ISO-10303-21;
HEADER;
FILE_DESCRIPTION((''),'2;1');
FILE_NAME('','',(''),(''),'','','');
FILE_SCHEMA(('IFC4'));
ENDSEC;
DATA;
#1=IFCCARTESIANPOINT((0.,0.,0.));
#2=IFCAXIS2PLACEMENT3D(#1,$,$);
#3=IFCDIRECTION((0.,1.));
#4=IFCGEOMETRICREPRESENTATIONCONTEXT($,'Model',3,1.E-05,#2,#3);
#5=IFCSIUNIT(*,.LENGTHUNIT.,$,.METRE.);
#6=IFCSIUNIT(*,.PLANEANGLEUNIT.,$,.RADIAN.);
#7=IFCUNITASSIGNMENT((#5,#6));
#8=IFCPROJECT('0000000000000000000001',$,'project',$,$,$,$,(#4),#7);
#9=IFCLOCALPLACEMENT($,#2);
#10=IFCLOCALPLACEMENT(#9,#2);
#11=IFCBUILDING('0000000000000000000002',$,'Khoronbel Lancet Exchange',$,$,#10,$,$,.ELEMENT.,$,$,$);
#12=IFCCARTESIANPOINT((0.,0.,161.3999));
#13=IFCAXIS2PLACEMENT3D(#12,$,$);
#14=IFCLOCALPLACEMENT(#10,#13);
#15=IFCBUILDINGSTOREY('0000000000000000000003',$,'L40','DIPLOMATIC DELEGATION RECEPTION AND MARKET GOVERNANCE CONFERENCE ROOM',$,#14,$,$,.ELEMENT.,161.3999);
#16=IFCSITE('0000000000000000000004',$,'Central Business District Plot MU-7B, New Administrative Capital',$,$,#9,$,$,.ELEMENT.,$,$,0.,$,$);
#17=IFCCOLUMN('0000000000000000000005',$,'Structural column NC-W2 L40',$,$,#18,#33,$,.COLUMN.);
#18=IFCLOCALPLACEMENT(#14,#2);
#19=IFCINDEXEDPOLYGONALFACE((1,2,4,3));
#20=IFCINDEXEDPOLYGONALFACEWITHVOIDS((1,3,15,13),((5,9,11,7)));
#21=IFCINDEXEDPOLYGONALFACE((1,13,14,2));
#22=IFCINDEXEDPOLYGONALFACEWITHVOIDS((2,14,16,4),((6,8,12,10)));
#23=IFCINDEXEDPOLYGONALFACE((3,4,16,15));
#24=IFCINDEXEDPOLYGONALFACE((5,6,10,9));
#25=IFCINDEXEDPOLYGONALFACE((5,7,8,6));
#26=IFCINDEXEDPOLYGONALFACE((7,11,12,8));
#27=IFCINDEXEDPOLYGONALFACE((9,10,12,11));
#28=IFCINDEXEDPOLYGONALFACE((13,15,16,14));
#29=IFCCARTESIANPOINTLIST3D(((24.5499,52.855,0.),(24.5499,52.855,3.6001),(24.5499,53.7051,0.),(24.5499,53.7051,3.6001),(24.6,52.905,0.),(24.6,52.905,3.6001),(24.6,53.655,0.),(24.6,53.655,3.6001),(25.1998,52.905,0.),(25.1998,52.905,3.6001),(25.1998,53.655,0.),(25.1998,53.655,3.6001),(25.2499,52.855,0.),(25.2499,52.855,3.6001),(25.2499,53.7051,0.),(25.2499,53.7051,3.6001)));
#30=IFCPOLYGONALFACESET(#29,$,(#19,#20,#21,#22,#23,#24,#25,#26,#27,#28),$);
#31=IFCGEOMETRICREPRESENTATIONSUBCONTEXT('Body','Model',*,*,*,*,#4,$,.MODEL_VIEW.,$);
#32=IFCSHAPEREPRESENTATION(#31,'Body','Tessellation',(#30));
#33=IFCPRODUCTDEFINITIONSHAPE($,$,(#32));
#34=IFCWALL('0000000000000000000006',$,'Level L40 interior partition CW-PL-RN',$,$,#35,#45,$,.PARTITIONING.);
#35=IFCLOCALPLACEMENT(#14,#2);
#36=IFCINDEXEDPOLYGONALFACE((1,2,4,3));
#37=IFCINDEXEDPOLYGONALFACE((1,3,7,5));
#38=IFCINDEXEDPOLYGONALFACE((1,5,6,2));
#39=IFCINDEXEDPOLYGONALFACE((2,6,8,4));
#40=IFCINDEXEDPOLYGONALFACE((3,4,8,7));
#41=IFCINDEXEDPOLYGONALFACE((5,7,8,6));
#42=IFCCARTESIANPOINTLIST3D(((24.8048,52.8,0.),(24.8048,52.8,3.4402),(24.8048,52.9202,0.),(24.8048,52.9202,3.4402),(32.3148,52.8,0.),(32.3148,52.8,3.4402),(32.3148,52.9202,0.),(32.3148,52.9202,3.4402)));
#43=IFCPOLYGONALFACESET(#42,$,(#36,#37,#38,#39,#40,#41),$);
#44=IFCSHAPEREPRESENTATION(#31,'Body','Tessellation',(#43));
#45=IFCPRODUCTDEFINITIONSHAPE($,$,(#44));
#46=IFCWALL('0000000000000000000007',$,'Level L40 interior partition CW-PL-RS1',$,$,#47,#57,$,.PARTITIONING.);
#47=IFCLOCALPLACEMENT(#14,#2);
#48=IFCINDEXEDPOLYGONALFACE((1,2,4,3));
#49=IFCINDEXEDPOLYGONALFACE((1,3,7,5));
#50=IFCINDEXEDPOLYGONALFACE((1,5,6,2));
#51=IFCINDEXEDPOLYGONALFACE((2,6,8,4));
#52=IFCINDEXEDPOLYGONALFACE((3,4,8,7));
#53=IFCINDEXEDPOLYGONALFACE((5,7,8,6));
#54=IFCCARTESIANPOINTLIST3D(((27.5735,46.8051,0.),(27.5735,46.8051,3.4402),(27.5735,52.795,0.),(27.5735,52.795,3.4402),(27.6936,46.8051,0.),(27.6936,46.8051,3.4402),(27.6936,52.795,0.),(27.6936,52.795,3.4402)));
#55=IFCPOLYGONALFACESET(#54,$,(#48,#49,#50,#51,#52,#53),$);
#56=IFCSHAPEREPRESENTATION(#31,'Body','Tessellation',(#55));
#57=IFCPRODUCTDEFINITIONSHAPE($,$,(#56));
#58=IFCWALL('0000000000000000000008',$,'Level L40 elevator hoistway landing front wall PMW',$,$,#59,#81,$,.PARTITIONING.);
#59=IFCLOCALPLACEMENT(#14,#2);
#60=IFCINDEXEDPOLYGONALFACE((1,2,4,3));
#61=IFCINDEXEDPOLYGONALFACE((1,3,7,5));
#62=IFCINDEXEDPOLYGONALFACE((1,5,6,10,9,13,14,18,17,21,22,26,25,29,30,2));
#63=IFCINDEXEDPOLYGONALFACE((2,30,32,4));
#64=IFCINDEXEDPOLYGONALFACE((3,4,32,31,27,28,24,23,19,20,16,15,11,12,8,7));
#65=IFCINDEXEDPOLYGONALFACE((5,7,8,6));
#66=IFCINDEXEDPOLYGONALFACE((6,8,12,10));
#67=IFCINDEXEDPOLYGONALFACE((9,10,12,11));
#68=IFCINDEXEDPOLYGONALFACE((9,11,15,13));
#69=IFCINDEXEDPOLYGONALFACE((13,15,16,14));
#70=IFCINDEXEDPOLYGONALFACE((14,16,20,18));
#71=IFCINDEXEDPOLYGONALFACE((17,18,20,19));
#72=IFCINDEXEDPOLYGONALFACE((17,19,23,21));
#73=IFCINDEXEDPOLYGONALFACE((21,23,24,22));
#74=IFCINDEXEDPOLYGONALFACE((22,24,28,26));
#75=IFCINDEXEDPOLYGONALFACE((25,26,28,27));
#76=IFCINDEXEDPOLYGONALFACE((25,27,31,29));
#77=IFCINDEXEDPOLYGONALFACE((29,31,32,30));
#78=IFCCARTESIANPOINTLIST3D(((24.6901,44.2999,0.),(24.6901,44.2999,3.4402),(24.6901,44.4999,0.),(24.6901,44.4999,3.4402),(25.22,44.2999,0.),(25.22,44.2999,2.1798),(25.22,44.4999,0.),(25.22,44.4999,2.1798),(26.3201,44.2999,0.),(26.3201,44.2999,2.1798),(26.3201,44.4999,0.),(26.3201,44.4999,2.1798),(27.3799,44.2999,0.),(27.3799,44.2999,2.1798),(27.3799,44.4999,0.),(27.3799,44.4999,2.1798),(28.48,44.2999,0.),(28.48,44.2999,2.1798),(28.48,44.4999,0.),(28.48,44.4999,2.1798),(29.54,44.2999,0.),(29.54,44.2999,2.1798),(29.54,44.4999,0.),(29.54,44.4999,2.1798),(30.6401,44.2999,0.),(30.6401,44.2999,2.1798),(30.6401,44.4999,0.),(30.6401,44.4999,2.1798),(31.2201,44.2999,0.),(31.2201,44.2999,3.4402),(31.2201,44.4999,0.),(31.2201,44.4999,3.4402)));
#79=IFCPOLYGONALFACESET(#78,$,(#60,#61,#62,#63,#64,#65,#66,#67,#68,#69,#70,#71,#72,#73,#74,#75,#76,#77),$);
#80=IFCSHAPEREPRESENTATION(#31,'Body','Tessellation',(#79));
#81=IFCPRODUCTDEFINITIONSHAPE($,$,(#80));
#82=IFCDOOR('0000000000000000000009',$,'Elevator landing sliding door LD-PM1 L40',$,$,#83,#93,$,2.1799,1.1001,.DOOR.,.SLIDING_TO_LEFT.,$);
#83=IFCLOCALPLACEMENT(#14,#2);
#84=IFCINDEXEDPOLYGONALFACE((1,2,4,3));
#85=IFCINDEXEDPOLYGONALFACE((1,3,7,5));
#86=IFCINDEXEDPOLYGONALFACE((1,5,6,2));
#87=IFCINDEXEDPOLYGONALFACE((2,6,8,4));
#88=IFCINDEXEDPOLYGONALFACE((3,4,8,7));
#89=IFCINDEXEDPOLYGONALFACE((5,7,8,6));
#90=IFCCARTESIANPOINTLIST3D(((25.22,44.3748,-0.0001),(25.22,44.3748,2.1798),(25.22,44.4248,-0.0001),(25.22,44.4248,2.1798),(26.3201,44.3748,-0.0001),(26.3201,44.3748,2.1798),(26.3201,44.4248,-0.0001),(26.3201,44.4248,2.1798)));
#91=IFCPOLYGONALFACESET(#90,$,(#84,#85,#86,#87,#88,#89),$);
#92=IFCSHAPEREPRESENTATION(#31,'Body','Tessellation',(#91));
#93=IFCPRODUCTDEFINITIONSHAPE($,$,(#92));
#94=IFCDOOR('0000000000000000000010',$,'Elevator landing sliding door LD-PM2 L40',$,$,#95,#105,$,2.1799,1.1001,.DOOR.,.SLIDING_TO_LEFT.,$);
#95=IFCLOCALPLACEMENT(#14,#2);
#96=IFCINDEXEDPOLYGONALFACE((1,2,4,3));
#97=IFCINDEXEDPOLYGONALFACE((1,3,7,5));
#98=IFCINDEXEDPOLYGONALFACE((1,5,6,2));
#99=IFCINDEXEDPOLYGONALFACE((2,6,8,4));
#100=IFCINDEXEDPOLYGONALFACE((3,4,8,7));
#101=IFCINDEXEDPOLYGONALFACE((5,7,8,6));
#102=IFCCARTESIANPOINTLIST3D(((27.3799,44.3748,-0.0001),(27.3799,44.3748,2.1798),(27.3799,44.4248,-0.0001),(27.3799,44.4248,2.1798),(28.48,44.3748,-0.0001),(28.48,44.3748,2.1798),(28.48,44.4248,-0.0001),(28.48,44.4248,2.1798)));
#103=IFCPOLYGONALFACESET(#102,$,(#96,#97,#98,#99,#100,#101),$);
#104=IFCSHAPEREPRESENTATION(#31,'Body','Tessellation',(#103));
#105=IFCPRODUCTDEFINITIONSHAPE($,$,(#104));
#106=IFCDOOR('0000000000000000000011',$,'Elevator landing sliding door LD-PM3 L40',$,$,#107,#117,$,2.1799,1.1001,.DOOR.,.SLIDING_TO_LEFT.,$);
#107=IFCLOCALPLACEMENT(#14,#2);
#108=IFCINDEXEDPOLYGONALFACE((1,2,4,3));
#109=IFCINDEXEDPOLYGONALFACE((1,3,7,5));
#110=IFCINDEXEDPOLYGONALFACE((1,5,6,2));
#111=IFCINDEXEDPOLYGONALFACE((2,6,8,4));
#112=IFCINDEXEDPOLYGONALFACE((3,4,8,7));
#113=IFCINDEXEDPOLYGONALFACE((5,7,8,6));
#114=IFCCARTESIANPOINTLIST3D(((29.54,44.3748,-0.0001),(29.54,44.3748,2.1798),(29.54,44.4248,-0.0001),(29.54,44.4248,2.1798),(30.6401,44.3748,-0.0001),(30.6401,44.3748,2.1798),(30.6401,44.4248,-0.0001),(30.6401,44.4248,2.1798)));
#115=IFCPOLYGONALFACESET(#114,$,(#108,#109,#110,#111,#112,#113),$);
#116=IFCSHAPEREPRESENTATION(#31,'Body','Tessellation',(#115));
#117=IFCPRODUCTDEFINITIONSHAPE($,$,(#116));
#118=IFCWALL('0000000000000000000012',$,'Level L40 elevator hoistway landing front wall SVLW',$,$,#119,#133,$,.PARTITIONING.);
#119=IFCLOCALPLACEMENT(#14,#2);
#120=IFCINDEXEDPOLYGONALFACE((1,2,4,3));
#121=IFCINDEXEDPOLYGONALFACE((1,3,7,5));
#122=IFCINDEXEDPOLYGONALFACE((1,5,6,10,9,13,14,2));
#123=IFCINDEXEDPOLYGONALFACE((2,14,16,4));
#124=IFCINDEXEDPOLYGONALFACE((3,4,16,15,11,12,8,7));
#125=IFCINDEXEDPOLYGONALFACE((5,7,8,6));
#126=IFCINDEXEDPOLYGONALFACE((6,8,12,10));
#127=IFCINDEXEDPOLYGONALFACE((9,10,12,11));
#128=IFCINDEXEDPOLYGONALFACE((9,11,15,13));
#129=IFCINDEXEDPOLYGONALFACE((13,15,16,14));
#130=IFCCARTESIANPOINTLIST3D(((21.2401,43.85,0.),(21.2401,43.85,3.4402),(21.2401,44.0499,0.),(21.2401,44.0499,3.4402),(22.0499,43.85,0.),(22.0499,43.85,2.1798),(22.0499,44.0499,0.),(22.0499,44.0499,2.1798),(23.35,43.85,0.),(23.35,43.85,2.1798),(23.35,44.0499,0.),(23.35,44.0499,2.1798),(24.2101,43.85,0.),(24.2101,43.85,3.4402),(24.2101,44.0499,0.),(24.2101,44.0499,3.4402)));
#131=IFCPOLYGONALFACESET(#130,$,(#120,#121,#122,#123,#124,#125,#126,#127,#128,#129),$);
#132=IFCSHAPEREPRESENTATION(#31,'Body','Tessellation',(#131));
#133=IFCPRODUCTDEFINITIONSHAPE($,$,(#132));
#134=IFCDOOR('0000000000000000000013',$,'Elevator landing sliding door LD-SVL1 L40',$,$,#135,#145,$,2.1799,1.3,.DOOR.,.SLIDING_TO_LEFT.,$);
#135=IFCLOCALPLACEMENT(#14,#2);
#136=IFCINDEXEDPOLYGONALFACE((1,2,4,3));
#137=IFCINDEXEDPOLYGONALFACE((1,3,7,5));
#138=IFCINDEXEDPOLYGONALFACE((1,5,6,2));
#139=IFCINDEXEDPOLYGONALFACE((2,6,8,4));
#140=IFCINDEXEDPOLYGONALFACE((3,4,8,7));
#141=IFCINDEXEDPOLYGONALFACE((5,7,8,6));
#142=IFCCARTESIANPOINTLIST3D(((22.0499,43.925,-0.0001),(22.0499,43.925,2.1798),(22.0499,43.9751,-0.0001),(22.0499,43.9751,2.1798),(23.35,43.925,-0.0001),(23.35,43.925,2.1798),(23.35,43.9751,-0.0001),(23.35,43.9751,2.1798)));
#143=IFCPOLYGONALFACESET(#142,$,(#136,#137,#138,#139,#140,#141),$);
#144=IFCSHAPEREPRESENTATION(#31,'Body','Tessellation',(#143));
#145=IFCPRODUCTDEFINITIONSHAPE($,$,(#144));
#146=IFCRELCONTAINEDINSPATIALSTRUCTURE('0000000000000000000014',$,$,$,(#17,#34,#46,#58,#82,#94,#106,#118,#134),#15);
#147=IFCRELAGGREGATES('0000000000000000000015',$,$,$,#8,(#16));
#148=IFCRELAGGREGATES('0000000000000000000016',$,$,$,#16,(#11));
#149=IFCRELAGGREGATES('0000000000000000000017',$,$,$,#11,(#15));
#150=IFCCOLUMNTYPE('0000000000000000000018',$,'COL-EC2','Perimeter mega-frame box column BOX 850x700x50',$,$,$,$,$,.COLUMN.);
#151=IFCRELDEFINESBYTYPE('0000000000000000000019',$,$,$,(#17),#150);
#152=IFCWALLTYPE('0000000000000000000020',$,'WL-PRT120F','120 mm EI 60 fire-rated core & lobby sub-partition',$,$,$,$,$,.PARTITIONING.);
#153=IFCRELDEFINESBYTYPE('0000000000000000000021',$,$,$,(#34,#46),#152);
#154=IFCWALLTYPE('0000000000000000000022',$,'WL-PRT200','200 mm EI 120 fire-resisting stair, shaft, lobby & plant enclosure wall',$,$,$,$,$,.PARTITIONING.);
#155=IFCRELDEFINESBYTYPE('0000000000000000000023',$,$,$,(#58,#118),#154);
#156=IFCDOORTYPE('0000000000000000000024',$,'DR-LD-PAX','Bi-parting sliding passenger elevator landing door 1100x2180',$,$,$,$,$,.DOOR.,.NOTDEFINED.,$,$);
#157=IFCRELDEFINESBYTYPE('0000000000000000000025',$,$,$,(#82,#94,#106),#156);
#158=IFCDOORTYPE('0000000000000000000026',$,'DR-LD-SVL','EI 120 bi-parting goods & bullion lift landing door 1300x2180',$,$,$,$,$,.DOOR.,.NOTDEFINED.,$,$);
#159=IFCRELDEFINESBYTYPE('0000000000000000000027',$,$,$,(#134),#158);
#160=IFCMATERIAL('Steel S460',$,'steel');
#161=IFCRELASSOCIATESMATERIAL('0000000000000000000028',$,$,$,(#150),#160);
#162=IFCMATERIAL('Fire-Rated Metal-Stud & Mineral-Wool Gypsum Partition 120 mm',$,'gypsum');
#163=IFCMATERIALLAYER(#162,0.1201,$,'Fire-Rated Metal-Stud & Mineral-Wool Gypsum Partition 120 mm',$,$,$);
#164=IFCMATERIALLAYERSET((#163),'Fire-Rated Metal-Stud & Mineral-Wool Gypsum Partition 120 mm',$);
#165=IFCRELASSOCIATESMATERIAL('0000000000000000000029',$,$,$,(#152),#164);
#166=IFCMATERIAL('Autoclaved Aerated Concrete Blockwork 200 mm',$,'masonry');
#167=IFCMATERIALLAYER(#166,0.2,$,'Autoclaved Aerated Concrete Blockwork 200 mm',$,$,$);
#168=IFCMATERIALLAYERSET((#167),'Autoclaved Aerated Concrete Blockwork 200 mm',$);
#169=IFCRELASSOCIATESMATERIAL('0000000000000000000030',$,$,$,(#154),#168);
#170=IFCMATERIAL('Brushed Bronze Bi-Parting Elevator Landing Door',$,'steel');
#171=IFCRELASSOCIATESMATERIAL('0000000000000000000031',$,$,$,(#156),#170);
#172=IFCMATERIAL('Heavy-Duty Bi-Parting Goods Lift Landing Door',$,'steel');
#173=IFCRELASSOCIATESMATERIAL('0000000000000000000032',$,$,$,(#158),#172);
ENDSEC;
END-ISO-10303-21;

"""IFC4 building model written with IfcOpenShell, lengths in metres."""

from ifc_helpers import new_model, si_unit, direction, frame, frame_2d, origin, origin_2d, place, context, subcontext, project, spatial, rectangle, hollow_rectangle, extrude, material, layer, layer_set, material_profile, profile_set, type_object, element, fill, save


model = new_model("IFC4")

# Units and contexts
model_context = context("Model", 3, precision=1e-05, world=origin(), true_north=direction((0.0, 1.0)))
body_context = subcontext(model_context, "Body", "Model", "MODEL_VIEW")
ifc_project = project(units=[si_unit("LENGTHUNIT", "METRE"), si_unit("PLANEANGLEUNIT", "RADIAN")], contexts=[model_context])

# Site, building, storey
site_placement = place(None, origin())
site = spatial("IfcSite", under=ifc_project, at=site_placement, Name="Central Business District Plot MU-7B, New Administrative Capital", CompositionType="ELEMENT", RefElevation=0.0)
building_placement = place(site_placement, origin())
building = spatial("IfcBuilding", under=site, at=building_placement, Name="Khoronbel Lancet Exchange", CompositionType="ELEMENT")
storey_placement = place(building_placement, frame((0.0, 0.0, 161.3999)))
storey = spatial("IfcBuildingStorey", under=building, at=storey_placement, Name="L40", Description="DIPLOMATIC DELEGATION RECEPTION AND MARKET GOVERNANCE CONFERENCE ROOM", CompositionType="ELEMENT", Elevation=161.3999)

# Column
ifc_material_1 = material(Name="Steel S460", Category="steel")
ifc_material_profile = material_profile(ifc_material_1, hollow_rectangle(XDim=0.7, YDim=0.8501, WallThickness=0.05, at=origin_2d()), Name="BOX 850x700x50")
ifc_profile_set = profile_set([ifc_material_profile], Name="Steel S460")
column_type = type_object("IfcColumnType", Name="COL-EC2", Description="Perimeter mega-frame box column BOX 850x700x50", PredefinedType="COLUMN", material=ifc_profile_set)
column_placement = place(storey_placement, frame((24.8999, 53.28, 0.0), z_axis=(0.0, 0.0, 1.0), x_axis=(1.0, 0.0, 0.0)))
element("IfcColumn", 1, at=column_placement, inside=storey, type_object=column_type, Name="Structural column NC-W2 L40", PredefinedType="COLUMN", context=body_context, shape_type="SweptSolid", body=[
    extrude(hollow_rectangle(XDim=0.7, YDim=0.8501, WallThickness=0.05, at=origin_2d()), origin(), (0.0, 0.0, 1.0), 3.6001),
])

# Walls
ifc_material_2 = material(Name="Fire-Rated Metal-Stud & Mineral-Wool Gypsum Partition 120 mm", Category="gypsum")
ifc_layer_1 = layer(ifc_material_2, 0.1201, Name="Fire-Rated Metal-Stud & Mineral-Wool Gypsum Partition 120 mm")
ifc_layer_set_1 = layer_set([ifc_layer_1], Name="Fire-Rated Metal-Stud & Mineral-Wool Gypsum Partition 120 mm")
wall_type_1 = type_object("IfcWallType", Name="WL-PRT120F", Description="120 mm EI 60 fire-rated core & lobby sub-partition", PredefinedType="PARTITIONING", material=ifc_layer_set_1)
wall_1_placement = place(storey_placement, frame((24.8049, 52.8601, 0.0), z_axis=(0.0, 0.0, 1.0), x_axis=(1.0, 0.0, 0.0)))
element("IfcWall", 2, at=wall_1_placement, inside=storey, type_object=wall_type_1, Name="Level L40 interior partition CW-PL-RN", PredefinedType="PARTITIONING", context=body_context, shape_type="SweptSolid", body=[
    extrude(rectangle(XDim=7.51, YDim=0.1201, at=frame_2d((3.7549, 0.0))), origin(), (0.0, 0.0, 1.0), 3.4402),
])
wall_2_placement = place(storey_placement, frame((27.6335, 46.8049, 0.0), z_axis=(0.0, 0.0, 1.0), x_axis=(0.0, 1.0, 0.0)))
element("IfcWall", 3, at=wall_2_placement, inside=storey, type_object=wall_type_1, Name="Level L40 interior partition CW-PL-RS1", PredefinedType="PARTITIONING", context=body_context, shape_type="SweptSolid", body=[
    extrude(rectangle(XDim=5.99, YDim=0.1201, at=frame_2d((2.9951, 0.0))), origin(), (0.0, 0.0, 1.0), 3.4402),
])

# Wall, openings, doors
ifc_material_3 = material(Name="Autoclaved Aerated Concrete Blockwork 200 mm", Category="masonry")
ifc_layer_2 = layer(ifc_material_3, 0.2, Name="Autoclaved Aerated Concrete Blockwork 200 mm")
ifc_layer_set_2 = layer_set([ifc_layer_2], Name="Autoclaved Aerated Concrete Blockwork 200 mm")
wall_type_2 = type_object("IfcWallType", Name="WL-PRT200", Description="200 mm EI 120 fire-resisting stair, shaft, lobby & plant enclosure wall", PredefinedType="PARTITIONING", material=ifc_layer_set_2)
wall_3_placement = place(storey_placement, frame((24.6899, 44.3999, 0.0), z_axis=(0.0, 0.0, 1.0), x_axis=(1.0, 0.0, 0.0)))
wall_3 = element("IfcWall", 4, at=wall_3_placement, inside=storey, type_object=wall_type_2, Name="Level L40 elevator hoistway landing front wall PMW", PredefinedType="PARTITIONING", context=body_context, shape_type="SweptSolid", body=[
    extrude(rectangle(XDim=6.53, YDim=0.2, at=frame_2d((3.2651, 0.0))), origin(), (0.0, 0.0, 1.0), 3.4402),
])
opening_1_placement = place(wall_3_placement, frame((0.53, 0.0, 0.0)))
opening_1 = element("IfcOpeningElement", 5, at=opening_1_placement, cuts=wall_3, PredefinedType="OPENING", context=body_context, shape_type="SweptSolid", body=[
    extrude(rectangle(XDim=1.1001, YDim=2.1799, at=frame_2d((0.55, 1.0898))), frame((0.0, 0.1099, 0.0), z_axis=(0.0, -1.0, 0.0), x_axis=(1.0, 0.0, 0.0)), (0.0, 0.0, 1.0), 0.22),
])
opening_2_placement = place(wall_3_placement, frame((2.6899, 0.0, 0.0)))
opening_2 = element("IfcOpeningElement", 6, at=opening_2_placement, cuts=wall_3, PredefinedType="OPENING", context=body_context, shape_type="SweptSolid", body=[
    extrude(rectangle(XDim=1.1001, YDim=2.1799, at=frame_2d((0.55, 1.0898))), frame((0.0, 0.1099, 0.0), z_axis=(0.0, -1.0, 0.0), x_axis=(1.0, 0.0, 0.0)), (0.0, 0.0, 1.0), 0.22),
])
opening_3_placement = place(wall_3_placement, frame((4.8501, 0.0, 0.0)))
opening_3 = element("IfcOpeningElement", 7, at=opening_3_placement, cuts=wall_3, PredefinedType="OPENING", context=body_context, shape_type="SweptSolid", body=[
    extrude(rectangle(XDim=1.1001, YDim=2.1799, at=frame_2d((0.55, 1.0898))), frame((0.0, 0.1099, 0.0), z_axis=(0.0, -1.0, 0.0), x_axis=(1.0, 0.0, 0.0)), (0.0, 0.0, 1.0), 0.22),
])
ifc_material_4 = material(Name="Brushed Bronze Bi-Parting Elevator Landing Door", Category="steel")
door_type_1 = type_object("IfcDoorType", Name="DR-LD-PAX", Description="Bi-parting sliding passenger elevator landing door 1100x2180", OperationType="NOTDEFINED", PredefinedType="DOOR", material=ifc_material_4)
door_1_placement = place(opening_1_placement, origin())
door_1 = element("IfcDoor", 8, at=door_1_placement, inside=storey, type_object=door_type_1, Name="Elevator landing sliding door LD-PM1 L40", OperationType="SLIDING_TO_LEFT", OverallHeight=2.1799, OverallWidth=1.1001, PredefinedType="DOOR", context=body_context, shape_type="SweptSolid", body=[
    extrude(rectangle(XDim=1.1001, YDim=2.1799, at=frame_2d((0.55, 1.0898))), frame((0.0, 0.0249, 0.0), z_axis=(0.0, -1.0, 0.0), x_axis=(1.0, 0.0, 0.0)), (0.0, 0.0, 1.0), 0.05),
])
fill(opening_1, door_1)
door_2_placement = place(opening_2_placement, origin())
door_2 = element("IfcDoor", 9, at=door_2_placement, inside=storey, type_object=door_type_1, Name="Elevator landing sliding door LD-PM2 L40", OperationType="SLIDING_TO_LEFT", OverallHeight=2.1799, OverallWidth=1.1001, PredefinedType="DOOR", context=body_context, shape_type="SweptSolid", body=[
    extrude(rectangle(XDim=1.1001, YDim=2.1799, at=frame_2d((0.55, 1.0898))), frame((0.0, 0.0249, 0.0), z_axis=(0.0, -1.0, 0.0), x_axis=(1.0, 0.0, 0.0)), (0.0, 0.0, 1.0), 0.05),
])
fill(opening_2, door_2)
door_3_placement = place(opening_3_placement, origin())
door_3 = element("IfcDoor", 10, at=door_3_placement, inside=storey, type_object=door_type_1, Name="Elevator landing sliding door LD-PM3 L40", OperationType="SLIDING_TO_LEFT", OverallHeight=2.1799, OverallWidth=1.1001, PredefinedType="DOOR", context=body_context, shape_type="SweptSolid", body=[
    extrude(rectangle(XDim=1.1001, YDim=2.1799, at=frame_2d((0.55, 1.0898))), frame((0.0, 0.0249, 0.0), z_axis=(0.0, -1.0, 0.0), x_axis=(1.0, 0.0, 0.0)), (0.0, 0.0, 1.0), 0.05),
])
fill(opening_3, door_3)

# Wall, opening, door
wall_4_placement = place(storey_placement, frame((24.21, 43.95, 0.0), z_axis=(0.0, 0.0, 1.0), x_axis=(-1.0, 0.0, 0.0)))
wall_4 = element("IfcWall", 11, at=wall_4_placement, inside=storey, type_object=wall_type_2, Name="Level L40 elevator hoistway landing front wall SVLW", PredefinedType="PARTITIONING", context=body_context, shape_type="SweptSolid", body=[
    extrude(rectangle(XDim=2.97, YDim=0.2, at=frame_2d((1.4849, 0.0))), origin(), (0.0, 0.0, 1.0), 3.4402),
])
opening_4_placement = place(wall_4_placement, frame((0.8601, 0.0, 0.0)))
opening_4 = element("IfcOpeningElement", 12, at=opening_4_placement, cuts=wall_4, PredefinedType="OPENING", context=body_context, shape_type="SweptSolid", body=[
    extrude(rectangle(XDim=1.3, YDim=2.1799, at=frame_2d((0.6499, 1.0898))), frame((0.0, 0.1099, 0.0), z_axis=(0.0, -1.0, 0.0), x_axis=(1.0, 0.0, 0.0)), (0.0, 0.0, 1.0), 0.22),
])
ifc_material_5 = material(Name="Heavy-Duty Bi-Parting Goods Lift Landing Door", Category="steel")
door_type_2 = type_object("IfcDoorType", Name="DR-LD-SVL", Description="EI 120 bi-parting goods & bullion lift landing door 1300x2180", OperationType="NOTDEFINED", PredefinedType="DOOR", material=ifc_material_5)
door_4_placement = place(opening_4_placement, origin())
door_4 = element("IfcDoor", 13, at=door_4_placement, inside=storey, type_object=door_type_2, Name="Elevator landing sliding door LD-SVL1 L40", OperationType="SLIDING_TO_LEFT", OverallHeight=2.1799, OverallWidth=1.3, PredefinedType="DOOR", context=body_context, shape_type="SweptSolid", body=[
    extrude(rectangle(XDim=1.3, YDim=2.1799, at=frame_2d((0.6499, 1.0898))), frame((0.0, 0.0249, 0.0), z_axis=(0.0, -1.0, 0.0), x_axis=(1.0, 0.0, 0.0)), (0.0, 0.0, 1.0), 0.05),
])
fill(opening_4, door_4)

save(model, "model.ifc")
